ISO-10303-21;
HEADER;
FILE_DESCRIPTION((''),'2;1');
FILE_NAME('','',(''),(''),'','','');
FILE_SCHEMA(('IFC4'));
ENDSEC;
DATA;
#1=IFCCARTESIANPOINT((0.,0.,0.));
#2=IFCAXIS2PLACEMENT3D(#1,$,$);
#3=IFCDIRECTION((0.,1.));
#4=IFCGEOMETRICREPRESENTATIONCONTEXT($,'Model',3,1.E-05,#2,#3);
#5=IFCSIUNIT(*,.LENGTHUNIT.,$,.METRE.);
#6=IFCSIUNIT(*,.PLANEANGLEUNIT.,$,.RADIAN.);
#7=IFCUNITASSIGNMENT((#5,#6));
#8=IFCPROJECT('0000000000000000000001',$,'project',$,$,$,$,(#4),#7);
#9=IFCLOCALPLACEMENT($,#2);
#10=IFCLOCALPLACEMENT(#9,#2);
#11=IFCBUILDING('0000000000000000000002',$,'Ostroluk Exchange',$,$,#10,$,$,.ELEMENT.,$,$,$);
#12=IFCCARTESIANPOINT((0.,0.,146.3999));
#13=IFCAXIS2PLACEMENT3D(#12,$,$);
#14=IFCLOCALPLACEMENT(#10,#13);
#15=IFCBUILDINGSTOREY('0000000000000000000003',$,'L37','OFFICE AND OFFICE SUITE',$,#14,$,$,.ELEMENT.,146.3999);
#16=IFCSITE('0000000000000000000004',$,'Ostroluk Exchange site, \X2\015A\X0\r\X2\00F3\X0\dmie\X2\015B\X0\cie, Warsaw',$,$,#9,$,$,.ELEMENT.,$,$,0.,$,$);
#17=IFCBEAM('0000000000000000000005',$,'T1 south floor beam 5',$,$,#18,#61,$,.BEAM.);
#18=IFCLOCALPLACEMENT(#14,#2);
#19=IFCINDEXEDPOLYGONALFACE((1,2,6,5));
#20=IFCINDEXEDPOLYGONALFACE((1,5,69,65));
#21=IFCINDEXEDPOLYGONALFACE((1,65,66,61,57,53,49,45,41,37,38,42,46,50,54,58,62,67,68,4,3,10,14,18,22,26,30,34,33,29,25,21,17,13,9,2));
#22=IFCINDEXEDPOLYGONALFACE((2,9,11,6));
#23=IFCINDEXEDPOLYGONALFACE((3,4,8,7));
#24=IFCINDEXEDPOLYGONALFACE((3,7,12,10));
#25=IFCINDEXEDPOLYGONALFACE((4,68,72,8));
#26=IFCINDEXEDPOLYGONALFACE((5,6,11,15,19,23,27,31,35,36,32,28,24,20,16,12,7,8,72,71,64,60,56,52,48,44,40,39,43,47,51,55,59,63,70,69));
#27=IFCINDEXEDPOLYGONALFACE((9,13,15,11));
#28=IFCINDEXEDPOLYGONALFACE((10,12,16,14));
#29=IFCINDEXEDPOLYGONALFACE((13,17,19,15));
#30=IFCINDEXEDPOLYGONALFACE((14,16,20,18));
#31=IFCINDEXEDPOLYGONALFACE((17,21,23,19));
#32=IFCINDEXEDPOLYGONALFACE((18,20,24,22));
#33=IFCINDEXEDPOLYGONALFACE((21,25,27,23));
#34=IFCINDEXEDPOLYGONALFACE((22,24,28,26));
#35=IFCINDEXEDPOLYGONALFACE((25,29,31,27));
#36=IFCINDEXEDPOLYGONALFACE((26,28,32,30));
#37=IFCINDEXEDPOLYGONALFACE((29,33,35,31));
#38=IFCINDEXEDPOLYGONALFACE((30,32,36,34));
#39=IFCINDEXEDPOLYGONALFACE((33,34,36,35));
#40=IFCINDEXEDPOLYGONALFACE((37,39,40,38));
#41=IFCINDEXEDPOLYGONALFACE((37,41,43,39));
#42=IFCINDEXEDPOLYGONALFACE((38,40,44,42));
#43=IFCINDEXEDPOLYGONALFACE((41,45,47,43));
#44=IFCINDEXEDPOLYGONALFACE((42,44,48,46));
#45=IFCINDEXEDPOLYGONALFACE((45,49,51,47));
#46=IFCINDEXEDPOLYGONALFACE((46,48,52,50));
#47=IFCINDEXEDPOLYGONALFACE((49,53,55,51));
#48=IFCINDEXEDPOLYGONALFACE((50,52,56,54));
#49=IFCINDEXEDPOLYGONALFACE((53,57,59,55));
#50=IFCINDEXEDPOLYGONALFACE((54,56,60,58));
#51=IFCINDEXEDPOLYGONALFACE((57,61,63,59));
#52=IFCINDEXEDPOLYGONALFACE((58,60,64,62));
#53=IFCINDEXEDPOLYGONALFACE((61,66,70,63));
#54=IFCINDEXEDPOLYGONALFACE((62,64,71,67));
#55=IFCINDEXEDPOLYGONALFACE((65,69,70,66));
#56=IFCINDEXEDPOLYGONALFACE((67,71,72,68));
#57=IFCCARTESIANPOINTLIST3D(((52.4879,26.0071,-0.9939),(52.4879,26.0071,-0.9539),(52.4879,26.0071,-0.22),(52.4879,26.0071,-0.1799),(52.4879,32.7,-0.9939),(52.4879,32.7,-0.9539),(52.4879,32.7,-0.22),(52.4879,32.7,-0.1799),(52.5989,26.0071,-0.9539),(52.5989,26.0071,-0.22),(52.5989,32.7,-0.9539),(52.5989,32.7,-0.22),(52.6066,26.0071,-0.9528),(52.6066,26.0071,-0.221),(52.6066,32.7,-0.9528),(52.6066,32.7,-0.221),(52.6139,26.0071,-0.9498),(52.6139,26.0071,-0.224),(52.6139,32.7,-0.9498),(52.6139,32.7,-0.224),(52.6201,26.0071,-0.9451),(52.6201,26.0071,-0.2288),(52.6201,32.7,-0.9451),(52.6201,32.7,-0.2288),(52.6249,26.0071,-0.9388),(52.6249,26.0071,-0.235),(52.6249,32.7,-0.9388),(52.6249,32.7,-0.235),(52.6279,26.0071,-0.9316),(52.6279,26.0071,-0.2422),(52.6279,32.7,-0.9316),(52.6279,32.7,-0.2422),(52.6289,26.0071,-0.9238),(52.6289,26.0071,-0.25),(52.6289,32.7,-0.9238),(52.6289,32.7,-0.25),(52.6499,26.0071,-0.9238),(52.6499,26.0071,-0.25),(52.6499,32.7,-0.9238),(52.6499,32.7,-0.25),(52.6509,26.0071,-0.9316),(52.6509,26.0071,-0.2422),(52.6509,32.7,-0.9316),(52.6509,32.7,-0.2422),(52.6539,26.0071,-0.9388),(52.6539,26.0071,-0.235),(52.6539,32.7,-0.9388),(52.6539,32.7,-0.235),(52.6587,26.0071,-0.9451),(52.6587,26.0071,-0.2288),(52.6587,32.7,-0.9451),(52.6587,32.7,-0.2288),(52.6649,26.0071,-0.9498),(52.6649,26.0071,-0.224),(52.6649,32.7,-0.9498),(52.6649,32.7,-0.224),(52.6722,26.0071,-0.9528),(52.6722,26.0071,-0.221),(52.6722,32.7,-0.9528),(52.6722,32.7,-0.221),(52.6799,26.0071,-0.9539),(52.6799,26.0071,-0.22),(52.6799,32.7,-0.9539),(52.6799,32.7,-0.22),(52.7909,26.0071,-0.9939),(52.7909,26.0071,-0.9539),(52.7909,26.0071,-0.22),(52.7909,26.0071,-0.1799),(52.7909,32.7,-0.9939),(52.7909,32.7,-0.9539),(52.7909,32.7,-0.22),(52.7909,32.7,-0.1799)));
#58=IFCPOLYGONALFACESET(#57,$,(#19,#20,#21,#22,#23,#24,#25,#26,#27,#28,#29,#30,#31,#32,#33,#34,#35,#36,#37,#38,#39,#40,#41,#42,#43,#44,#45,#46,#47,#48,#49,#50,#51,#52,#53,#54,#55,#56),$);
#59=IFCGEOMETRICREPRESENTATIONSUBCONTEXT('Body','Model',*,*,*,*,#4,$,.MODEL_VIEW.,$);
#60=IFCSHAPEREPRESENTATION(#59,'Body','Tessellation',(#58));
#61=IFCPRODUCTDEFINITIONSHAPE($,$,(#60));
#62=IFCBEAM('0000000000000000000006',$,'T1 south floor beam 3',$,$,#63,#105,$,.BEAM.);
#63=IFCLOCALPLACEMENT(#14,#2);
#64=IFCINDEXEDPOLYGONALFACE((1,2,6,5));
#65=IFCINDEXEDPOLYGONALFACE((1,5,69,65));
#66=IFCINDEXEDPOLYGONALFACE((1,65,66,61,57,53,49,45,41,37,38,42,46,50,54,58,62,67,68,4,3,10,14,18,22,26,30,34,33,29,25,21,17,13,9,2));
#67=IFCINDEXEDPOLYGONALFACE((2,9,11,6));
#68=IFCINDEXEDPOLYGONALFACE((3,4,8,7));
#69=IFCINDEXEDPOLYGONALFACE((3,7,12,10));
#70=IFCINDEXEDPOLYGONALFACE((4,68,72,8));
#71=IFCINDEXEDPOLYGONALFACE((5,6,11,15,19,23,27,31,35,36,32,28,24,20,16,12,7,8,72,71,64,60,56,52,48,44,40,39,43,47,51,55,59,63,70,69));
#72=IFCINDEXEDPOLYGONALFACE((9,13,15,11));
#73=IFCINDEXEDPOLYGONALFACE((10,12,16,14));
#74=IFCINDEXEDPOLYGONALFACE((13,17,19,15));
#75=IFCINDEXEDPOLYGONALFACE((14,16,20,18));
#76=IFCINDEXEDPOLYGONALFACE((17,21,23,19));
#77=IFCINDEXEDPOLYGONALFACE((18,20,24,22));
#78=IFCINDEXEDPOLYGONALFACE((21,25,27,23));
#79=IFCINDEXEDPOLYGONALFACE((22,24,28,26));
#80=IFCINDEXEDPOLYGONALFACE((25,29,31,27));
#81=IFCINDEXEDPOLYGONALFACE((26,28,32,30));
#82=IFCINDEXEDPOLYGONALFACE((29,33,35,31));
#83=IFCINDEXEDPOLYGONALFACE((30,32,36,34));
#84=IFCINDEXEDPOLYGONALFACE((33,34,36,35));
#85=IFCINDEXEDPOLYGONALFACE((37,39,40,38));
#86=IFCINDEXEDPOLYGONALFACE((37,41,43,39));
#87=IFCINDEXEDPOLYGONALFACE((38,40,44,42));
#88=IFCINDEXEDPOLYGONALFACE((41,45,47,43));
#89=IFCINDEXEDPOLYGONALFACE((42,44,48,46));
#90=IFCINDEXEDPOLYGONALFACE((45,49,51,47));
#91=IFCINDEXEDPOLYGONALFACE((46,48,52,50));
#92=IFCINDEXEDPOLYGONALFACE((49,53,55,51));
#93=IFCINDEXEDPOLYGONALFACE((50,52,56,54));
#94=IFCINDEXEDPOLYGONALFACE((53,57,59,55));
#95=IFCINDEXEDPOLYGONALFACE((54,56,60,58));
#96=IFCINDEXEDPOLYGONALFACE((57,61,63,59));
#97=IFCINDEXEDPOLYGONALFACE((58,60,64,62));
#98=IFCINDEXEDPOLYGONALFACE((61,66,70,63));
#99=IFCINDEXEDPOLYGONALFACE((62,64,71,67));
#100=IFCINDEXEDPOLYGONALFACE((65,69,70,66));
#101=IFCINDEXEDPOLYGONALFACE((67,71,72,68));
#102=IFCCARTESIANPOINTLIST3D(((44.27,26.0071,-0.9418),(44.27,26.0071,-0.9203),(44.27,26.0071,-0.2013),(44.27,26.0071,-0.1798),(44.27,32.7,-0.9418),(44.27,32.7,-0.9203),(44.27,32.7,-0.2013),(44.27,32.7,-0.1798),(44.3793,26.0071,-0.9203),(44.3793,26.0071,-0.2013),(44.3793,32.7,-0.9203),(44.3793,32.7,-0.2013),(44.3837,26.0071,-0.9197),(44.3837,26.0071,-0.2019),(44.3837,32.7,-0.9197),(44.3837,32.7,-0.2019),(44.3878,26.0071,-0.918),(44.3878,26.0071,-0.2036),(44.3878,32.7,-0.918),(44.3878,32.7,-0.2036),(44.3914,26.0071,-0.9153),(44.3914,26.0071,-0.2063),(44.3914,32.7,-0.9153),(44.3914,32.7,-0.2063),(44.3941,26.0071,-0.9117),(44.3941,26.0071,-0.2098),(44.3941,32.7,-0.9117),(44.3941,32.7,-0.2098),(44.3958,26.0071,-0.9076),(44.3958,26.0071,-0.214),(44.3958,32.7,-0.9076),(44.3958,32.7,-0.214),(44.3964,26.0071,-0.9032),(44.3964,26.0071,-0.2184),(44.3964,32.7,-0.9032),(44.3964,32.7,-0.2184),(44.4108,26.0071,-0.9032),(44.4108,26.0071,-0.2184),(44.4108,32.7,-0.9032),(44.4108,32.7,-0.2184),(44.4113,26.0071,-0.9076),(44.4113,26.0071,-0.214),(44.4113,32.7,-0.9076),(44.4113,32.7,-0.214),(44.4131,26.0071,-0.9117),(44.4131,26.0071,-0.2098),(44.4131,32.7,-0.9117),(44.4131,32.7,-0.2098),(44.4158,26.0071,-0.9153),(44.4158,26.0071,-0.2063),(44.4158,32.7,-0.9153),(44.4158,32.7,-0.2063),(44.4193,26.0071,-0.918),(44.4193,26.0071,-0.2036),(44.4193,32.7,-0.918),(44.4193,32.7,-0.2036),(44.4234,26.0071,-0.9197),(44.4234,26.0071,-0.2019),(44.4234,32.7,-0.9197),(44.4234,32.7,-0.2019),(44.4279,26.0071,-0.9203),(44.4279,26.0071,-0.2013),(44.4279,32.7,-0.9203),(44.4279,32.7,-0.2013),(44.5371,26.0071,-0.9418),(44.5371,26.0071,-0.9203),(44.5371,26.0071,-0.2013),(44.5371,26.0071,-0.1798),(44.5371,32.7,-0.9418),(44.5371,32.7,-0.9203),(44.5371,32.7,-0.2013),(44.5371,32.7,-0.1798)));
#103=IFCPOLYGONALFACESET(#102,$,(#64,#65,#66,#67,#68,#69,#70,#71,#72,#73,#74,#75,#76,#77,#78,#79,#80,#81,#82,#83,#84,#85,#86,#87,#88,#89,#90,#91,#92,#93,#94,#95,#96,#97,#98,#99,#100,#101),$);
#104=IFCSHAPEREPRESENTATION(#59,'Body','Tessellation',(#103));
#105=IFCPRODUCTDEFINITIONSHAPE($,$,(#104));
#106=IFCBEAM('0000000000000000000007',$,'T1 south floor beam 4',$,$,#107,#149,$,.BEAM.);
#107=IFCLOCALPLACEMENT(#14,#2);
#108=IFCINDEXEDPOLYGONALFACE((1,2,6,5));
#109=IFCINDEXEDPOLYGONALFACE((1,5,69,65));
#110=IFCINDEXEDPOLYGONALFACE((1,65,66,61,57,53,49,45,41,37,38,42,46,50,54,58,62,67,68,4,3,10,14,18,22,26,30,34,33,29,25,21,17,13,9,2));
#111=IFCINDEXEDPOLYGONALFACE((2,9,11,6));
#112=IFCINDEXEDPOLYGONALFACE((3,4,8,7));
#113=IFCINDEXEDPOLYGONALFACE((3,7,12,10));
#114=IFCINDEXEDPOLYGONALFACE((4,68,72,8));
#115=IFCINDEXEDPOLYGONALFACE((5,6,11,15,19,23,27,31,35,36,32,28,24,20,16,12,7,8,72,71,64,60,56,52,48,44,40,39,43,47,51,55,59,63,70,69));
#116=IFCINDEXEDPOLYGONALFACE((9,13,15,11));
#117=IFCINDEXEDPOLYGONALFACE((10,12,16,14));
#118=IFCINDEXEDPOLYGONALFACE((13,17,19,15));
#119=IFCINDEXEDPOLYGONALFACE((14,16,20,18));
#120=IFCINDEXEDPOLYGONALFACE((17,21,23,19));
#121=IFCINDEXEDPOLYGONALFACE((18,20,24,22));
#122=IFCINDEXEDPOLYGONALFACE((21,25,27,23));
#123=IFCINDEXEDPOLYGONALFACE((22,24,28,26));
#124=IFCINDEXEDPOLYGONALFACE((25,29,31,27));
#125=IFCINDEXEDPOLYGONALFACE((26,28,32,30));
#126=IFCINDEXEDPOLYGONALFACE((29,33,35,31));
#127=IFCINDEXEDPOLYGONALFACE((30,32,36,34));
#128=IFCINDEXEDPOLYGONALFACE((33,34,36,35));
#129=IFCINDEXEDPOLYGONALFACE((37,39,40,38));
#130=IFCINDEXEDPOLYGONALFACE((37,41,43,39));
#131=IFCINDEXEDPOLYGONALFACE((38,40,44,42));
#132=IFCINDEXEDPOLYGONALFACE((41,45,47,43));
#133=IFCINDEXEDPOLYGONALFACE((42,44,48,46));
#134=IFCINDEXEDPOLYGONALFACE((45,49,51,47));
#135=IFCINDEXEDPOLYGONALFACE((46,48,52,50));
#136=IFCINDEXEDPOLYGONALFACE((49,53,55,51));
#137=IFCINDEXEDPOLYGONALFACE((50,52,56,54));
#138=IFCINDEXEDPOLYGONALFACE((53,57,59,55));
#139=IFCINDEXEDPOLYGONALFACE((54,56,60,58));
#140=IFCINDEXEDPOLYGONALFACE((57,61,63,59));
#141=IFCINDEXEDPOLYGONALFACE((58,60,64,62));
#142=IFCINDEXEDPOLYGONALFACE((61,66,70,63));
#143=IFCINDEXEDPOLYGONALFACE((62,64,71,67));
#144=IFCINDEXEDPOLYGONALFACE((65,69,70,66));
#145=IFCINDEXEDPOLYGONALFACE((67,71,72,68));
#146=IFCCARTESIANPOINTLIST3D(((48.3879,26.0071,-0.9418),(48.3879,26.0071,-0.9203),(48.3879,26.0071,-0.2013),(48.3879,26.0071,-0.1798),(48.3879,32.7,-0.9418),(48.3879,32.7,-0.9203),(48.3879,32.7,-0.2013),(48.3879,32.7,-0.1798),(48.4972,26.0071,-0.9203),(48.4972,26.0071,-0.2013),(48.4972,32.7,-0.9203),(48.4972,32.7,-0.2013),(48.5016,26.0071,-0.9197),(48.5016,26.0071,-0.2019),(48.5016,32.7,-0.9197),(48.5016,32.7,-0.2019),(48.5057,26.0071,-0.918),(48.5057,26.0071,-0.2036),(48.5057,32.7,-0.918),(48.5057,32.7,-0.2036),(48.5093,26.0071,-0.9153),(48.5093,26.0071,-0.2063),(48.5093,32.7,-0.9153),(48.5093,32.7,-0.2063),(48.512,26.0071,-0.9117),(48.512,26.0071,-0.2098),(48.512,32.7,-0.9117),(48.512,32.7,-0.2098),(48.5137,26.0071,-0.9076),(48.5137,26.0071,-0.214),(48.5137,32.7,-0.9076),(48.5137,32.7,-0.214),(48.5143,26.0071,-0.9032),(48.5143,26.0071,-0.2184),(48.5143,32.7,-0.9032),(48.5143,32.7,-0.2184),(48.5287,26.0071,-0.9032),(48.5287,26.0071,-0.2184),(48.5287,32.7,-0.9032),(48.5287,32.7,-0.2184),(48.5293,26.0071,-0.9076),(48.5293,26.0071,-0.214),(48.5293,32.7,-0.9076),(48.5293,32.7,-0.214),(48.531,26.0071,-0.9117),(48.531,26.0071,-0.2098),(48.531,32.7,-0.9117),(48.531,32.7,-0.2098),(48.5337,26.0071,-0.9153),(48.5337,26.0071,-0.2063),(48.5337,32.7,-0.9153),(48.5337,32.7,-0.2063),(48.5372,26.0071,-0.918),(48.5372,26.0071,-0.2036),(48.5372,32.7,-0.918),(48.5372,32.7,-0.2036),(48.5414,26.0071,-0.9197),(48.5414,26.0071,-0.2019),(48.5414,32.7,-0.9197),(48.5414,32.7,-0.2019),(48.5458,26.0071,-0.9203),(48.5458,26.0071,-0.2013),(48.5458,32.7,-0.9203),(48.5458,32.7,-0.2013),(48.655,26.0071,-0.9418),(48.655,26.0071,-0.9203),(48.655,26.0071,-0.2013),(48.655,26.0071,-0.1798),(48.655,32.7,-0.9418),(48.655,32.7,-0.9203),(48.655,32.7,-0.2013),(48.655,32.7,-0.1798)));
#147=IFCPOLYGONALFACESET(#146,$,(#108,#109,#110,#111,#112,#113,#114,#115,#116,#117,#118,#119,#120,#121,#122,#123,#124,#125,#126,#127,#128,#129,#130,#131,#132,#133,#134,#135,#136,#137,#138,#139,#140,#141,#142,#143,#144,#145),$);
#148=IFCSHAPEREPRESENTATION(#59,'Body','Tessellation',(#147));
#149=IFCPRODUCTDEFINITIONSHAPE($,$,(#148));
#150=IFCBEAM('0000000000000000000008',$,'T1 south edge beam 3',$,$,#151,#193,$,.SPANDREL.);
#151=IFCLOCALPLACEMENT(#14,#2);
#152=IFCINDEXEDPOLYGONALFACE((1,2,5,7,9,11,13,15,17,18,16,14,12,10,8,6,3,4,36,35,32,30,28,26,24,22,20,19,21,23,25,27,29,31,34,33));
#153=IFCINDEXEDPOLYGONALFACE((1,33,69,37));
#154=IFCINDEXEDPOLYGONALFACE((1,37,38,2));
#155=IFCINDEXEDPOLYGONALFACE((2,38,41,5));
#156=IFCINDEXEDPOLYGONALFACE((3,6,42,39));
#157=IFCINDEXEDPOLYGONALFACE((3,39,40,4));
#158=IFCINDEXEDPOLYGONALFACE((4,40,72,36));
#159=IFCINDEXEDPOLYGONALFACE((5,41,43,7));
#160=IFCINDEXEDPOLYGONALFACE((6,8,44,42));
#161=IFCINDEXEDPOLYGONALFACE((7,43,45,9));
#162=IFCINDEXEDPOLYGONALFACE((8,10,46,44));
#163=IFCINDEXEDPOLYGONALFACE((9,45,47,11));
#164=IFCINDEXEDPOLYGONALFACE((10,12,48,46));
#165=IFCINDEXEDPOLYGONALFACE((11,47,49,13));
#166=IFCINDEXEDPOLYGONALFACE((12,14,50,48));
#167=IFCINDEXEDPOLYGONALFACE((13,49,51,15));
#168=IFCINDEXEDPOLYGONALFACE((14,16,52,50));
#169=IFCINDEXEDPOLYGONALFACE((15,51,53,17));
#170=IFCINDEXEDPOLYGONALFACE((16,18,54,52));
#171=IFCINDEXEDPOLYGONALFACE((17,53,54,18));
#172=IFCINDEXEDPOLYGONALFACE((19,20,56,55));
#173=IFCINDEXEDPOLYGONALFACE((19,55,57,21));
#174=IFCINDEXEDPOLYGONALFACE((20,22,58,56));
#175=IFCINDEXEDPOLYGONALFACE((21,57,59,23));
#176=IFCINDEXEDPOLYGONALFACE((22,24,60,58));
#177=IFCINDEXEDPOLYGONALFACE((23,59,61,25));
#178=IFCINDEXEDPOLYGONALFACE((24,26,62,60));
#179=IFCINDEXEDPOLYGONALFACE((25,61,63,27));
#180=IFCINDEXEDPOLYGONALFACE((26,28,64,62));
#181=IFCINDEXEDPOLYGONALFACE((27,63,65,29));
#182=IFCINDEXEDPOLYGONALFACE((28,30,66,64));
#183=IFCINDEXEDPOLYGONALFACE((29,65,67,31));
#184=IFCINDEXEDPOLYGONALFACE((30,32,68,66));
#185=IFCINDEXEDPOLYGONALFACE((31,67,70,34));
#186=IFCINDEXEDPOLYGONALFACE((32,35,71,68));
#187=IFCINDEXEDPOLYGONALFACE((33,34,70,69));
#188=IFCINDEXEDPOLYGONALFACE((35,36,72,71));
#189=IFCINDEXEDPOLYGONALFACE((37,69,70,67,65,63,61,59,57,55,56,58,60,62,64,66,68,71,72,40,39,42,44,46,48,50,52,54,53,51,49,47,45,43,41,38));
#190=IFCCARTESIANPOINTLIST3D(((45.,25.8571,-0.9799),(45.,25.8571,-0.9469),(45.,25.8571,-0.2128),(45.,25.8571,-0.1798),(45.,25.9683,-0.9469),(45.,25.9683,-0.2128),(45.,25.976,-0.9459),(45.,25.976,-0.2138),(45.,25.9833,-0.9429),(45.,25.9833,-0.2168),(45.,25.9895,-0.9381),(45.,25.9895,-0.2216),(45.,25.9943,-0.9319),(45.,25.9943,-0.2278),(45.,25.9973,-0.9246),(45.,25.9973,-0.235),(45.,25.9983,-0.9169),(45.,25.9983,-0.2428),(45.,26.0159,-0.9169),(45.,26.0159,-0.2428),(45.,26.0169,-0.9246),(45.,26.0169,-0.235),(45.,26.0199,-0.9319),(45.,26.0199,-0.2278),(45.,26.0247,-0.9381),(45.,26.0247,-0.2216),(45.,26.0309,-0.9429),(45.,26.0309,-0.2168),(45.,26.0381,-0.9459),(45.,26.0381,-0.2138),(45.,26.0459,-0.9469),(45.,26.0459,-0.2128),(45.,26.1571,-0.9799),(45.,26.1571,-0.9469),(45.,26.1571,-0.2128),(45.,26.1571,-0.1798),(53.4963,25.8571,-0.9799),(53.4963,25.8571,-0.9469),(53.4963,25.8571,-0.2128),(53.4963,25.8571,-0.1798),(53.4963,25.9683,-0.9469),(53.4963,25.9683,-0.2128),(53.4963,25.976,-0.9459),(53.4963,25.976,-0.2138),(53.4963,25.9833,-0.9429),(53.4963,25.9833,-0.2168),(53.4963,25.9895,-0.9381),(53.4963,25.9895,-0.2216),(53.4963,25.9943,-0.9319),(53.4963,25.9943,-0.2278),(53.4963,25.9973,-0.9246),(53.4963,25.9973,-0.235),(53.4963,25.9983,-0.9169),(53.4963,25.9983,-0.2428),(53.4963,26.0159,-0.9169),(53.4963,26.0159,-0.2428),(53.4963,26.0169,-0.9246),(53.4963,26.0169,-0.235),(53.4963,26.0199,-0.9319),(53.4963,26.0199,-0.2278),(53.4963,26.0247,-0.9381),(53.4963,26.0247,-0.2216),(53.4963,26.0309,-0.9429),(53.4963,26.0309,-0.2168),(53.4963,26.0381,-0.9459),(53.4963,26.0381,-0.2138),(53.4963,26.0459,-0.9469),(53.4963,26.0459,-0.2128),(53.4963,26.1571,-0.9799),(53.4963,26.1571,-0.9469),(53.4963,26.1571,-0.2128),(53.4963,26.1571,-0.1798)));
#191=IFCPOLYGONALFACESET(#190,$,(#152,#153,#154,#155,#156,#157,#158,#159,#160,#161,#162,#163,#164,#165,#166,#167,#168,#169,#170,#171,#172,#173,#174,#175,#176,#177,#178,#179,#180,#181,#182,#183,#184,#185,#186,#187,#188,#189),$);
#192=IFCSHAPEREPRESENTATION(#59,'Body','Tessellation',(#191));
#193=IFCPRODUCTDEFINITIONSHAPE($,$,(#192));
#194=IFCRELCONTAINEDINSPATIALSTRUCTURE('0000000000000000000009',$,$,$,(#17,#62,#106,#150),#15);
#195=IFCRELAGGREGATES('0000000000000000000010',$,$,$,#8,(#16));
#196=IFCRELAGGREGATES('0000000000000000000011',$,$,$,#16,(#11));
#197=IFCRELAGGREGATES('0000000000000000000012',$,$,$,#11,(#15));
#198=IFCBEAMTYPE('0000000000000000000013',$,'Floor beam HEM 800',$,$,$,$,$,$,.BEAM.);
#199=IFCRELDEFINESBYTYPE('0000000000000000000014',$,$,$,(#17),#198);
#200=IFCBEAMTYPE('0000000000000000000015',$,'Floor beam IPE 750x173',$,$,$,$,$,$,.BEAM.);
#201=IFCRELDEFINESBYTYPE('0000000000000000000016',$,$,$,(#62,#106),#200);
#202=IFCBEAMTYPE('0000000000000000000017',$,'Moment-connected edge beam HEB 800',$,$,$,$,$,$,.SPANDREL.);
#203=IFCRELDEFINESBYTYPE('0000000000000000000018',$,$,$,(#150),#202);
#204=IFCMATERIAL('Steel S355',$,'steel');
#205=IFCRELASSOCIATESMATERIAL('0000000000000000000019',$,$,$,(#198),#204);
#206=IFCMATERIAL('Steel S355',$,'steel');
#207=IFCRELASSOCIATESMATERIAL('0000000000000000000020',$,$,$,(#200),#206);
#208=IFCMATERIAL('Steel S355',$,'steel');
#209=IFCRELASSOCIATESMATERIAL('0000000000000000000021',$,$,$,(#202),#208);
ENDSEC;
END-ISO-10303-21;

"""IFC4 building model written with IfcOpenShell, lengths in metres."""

from ifc_helpers import new_model, si_unit, direction, frame, origin, origin_2d, place, context, subcontext, project, spatial, i_section, extrude, material, material_profile, profile_set, type_object, element, save


model = new_model("IFC4")

# Units and contexts
model_context = context("Model", 3, precision=1e-05, world=origin(), true_north=direction((0.0, 1.0)))
body_context = subcontext(model_context, "Body", "Model", "MODEL_VIEW")
ifc_project = project(units=[si_unit("LENGTHUNIT", "METRE"), si_unit("PLANEANGLEUNIT", "RADIAN")], contexts=[model_context])

# Site, building, storey
site_placement = place(None, origin())
site = spatial("IfcSite", under=ifc_project, at=site_placement, Name="Ostroluk Exchange site, Śródmieście, Warsaw", CompositionType="ELEMENT", RefElevation=0.0)
building_placement = place(site_placement, origin())
building = spatial("IfcBuilding", under=site, at=building_placement, Name="Ostroluk Exchange", CompositionType="ELEMENT")
storey_placement = place(building_placement, frame((0.0, 0.0, 146.3999)))
storey = spatial("IfcBuildingStorey", under=building, at=storey_placement, Name="L37", Description="OFFICE AND OFFICE SUITE", CompositionType="ELEMENT", Elevation=146.3999)

# Beams
ifc_material_1 = material(Name="Steel S355", Category="steel")
ifc_material_profile_1 = material_profile(ifc_material_1, i_section(OverallWidth=0.303, OverallDepth=0.814, WebThickness=0.021, FlangeThickness=0.04, FilletRadius=0.03, at=origin_2d()), Name="HEM 800")
ifc_profile_set_1 = profile_set([ifc_material_profile_1], Name="Steel S355")
beam_type_1 = type_object("IfcBeamType", Name="Floor beam HEM 800", PredefinedType="BEAM", material=ifc_profile_set_1)
beam_1_placement = place(storey_placement, frame((52.6394, 32.7, -0.5869), z_axis=(0.0, -1.0, 0.0), x_axis=(1.0, 0.0, 0.0)))
element("IfcBeam", 1, at=beam_1_placement, inside=storey, type_object=beam_type_1, Name="T1 south floor beam 5", PredefinedType="BEAM", context=body_context, shape_type="SweptSolid", body=[
    extrude(i_section(OverallWidth=0.303, OverallDepth=0.814, WebThickness=0.021, FlangeThickness=0.04, FilletRadius=0.03, at=origin_2d()), origin(), (0.0, 0.0, 1.0), 6.6929),
])
ifc_material_2 = material(Name="Steel S355", Category="steel")
ifc_material_profile_2 = material_profile(ifc_material_2, i_section(OverallWidth=0.2671, OverallDepth=0.762, WebThickness=0.0144, FlangeThickness=0.0215, FilletRadius=0.0171, at=origin_2d()), Name="IPE 750x173")
ifc_profile_set_2 = profile_set([ifc_material_profile_2], Name="Steel S355")
beam_type_2 = type_object("IfcBeamType", Name="Floor beam IPE 750x173", PredefinedType="BEAM", material=ifc_profile_set_2)
for number, where, z_axis, x_axis, name in (
    (2, (44.4036, 32.7, -0.5608), (0.0, -1.0, 0.0), (1.0, 0.0, 0.0), "T1 south floor beam 3"),
    (3, (48.5215, 32.7, -0.5608), (0.0, -1.0, 0.0), (1.0, 0.0, 0.0), "T1 south floor beam 4"),
):
    element("IfcBeam", number, at=place(storey_placement, frame(where, z_axis=z_axis, x_axis=x_axis)), inside=storey, type_object=beam_type_2, Name=name, PredefinedType="BEAM", context=body_context, shape_type="SweptSolid", body=[
        extrude(i_section(OverallWidth=0.2671, OverallDepth=0.762, WebThickness=0.0144, FlangeThickness=0.0215, FilletRadius=0.0171, at=origin_2d()), origin(), (0.0, 0.0, 1.0), 6.6929),
    ])
ifc_material_3 = material(Name="Steel S355", Category="steel")
ifc_material_profile_3 = material_profile(ifc_material_3, i_section(OverallWidth=0.3, OverallDepth=0.8, WebThickness=0.0176, FlangeThickness=0.033, FilletRadius=0.03, at=origin_2d()), Name="HEB 800")
ifc_profile_set_3 = profile_set([ifc_material_profile_3], Name="Steel S355")
beam_type_3 = type_object("IfcBeamType", Name="Moment-connected edge beam HEB 800", PredefinedType="SPANDREL", material=ifc_profile_set_3)
beam_2_placement = place(storey_placement, frame((45.0, 26.0071, -0.5798), z_axis=(1.0, 0.0, 0.0), x_axis=(0.0, 1.0, 0.0)))
element("IfcBeam", 4, at=beam_2_placement, inside=storey, type_object=beam_type_3, Name="T1 south edge beam 3", PredefinedType="SPANDREL", context=body_context, shape_type="SweptSolid", body=[
    extrude(i_section(OverallWidth=0.3, OverallDepth=0.8, WebThickness=0.0176, FlangeThickness=0.033, FilletRadius=0.03, at=origin_2d()), origin(), (0.0, 0.0, 1.0), 8.4963),
])

save(model, "model.ifc")
